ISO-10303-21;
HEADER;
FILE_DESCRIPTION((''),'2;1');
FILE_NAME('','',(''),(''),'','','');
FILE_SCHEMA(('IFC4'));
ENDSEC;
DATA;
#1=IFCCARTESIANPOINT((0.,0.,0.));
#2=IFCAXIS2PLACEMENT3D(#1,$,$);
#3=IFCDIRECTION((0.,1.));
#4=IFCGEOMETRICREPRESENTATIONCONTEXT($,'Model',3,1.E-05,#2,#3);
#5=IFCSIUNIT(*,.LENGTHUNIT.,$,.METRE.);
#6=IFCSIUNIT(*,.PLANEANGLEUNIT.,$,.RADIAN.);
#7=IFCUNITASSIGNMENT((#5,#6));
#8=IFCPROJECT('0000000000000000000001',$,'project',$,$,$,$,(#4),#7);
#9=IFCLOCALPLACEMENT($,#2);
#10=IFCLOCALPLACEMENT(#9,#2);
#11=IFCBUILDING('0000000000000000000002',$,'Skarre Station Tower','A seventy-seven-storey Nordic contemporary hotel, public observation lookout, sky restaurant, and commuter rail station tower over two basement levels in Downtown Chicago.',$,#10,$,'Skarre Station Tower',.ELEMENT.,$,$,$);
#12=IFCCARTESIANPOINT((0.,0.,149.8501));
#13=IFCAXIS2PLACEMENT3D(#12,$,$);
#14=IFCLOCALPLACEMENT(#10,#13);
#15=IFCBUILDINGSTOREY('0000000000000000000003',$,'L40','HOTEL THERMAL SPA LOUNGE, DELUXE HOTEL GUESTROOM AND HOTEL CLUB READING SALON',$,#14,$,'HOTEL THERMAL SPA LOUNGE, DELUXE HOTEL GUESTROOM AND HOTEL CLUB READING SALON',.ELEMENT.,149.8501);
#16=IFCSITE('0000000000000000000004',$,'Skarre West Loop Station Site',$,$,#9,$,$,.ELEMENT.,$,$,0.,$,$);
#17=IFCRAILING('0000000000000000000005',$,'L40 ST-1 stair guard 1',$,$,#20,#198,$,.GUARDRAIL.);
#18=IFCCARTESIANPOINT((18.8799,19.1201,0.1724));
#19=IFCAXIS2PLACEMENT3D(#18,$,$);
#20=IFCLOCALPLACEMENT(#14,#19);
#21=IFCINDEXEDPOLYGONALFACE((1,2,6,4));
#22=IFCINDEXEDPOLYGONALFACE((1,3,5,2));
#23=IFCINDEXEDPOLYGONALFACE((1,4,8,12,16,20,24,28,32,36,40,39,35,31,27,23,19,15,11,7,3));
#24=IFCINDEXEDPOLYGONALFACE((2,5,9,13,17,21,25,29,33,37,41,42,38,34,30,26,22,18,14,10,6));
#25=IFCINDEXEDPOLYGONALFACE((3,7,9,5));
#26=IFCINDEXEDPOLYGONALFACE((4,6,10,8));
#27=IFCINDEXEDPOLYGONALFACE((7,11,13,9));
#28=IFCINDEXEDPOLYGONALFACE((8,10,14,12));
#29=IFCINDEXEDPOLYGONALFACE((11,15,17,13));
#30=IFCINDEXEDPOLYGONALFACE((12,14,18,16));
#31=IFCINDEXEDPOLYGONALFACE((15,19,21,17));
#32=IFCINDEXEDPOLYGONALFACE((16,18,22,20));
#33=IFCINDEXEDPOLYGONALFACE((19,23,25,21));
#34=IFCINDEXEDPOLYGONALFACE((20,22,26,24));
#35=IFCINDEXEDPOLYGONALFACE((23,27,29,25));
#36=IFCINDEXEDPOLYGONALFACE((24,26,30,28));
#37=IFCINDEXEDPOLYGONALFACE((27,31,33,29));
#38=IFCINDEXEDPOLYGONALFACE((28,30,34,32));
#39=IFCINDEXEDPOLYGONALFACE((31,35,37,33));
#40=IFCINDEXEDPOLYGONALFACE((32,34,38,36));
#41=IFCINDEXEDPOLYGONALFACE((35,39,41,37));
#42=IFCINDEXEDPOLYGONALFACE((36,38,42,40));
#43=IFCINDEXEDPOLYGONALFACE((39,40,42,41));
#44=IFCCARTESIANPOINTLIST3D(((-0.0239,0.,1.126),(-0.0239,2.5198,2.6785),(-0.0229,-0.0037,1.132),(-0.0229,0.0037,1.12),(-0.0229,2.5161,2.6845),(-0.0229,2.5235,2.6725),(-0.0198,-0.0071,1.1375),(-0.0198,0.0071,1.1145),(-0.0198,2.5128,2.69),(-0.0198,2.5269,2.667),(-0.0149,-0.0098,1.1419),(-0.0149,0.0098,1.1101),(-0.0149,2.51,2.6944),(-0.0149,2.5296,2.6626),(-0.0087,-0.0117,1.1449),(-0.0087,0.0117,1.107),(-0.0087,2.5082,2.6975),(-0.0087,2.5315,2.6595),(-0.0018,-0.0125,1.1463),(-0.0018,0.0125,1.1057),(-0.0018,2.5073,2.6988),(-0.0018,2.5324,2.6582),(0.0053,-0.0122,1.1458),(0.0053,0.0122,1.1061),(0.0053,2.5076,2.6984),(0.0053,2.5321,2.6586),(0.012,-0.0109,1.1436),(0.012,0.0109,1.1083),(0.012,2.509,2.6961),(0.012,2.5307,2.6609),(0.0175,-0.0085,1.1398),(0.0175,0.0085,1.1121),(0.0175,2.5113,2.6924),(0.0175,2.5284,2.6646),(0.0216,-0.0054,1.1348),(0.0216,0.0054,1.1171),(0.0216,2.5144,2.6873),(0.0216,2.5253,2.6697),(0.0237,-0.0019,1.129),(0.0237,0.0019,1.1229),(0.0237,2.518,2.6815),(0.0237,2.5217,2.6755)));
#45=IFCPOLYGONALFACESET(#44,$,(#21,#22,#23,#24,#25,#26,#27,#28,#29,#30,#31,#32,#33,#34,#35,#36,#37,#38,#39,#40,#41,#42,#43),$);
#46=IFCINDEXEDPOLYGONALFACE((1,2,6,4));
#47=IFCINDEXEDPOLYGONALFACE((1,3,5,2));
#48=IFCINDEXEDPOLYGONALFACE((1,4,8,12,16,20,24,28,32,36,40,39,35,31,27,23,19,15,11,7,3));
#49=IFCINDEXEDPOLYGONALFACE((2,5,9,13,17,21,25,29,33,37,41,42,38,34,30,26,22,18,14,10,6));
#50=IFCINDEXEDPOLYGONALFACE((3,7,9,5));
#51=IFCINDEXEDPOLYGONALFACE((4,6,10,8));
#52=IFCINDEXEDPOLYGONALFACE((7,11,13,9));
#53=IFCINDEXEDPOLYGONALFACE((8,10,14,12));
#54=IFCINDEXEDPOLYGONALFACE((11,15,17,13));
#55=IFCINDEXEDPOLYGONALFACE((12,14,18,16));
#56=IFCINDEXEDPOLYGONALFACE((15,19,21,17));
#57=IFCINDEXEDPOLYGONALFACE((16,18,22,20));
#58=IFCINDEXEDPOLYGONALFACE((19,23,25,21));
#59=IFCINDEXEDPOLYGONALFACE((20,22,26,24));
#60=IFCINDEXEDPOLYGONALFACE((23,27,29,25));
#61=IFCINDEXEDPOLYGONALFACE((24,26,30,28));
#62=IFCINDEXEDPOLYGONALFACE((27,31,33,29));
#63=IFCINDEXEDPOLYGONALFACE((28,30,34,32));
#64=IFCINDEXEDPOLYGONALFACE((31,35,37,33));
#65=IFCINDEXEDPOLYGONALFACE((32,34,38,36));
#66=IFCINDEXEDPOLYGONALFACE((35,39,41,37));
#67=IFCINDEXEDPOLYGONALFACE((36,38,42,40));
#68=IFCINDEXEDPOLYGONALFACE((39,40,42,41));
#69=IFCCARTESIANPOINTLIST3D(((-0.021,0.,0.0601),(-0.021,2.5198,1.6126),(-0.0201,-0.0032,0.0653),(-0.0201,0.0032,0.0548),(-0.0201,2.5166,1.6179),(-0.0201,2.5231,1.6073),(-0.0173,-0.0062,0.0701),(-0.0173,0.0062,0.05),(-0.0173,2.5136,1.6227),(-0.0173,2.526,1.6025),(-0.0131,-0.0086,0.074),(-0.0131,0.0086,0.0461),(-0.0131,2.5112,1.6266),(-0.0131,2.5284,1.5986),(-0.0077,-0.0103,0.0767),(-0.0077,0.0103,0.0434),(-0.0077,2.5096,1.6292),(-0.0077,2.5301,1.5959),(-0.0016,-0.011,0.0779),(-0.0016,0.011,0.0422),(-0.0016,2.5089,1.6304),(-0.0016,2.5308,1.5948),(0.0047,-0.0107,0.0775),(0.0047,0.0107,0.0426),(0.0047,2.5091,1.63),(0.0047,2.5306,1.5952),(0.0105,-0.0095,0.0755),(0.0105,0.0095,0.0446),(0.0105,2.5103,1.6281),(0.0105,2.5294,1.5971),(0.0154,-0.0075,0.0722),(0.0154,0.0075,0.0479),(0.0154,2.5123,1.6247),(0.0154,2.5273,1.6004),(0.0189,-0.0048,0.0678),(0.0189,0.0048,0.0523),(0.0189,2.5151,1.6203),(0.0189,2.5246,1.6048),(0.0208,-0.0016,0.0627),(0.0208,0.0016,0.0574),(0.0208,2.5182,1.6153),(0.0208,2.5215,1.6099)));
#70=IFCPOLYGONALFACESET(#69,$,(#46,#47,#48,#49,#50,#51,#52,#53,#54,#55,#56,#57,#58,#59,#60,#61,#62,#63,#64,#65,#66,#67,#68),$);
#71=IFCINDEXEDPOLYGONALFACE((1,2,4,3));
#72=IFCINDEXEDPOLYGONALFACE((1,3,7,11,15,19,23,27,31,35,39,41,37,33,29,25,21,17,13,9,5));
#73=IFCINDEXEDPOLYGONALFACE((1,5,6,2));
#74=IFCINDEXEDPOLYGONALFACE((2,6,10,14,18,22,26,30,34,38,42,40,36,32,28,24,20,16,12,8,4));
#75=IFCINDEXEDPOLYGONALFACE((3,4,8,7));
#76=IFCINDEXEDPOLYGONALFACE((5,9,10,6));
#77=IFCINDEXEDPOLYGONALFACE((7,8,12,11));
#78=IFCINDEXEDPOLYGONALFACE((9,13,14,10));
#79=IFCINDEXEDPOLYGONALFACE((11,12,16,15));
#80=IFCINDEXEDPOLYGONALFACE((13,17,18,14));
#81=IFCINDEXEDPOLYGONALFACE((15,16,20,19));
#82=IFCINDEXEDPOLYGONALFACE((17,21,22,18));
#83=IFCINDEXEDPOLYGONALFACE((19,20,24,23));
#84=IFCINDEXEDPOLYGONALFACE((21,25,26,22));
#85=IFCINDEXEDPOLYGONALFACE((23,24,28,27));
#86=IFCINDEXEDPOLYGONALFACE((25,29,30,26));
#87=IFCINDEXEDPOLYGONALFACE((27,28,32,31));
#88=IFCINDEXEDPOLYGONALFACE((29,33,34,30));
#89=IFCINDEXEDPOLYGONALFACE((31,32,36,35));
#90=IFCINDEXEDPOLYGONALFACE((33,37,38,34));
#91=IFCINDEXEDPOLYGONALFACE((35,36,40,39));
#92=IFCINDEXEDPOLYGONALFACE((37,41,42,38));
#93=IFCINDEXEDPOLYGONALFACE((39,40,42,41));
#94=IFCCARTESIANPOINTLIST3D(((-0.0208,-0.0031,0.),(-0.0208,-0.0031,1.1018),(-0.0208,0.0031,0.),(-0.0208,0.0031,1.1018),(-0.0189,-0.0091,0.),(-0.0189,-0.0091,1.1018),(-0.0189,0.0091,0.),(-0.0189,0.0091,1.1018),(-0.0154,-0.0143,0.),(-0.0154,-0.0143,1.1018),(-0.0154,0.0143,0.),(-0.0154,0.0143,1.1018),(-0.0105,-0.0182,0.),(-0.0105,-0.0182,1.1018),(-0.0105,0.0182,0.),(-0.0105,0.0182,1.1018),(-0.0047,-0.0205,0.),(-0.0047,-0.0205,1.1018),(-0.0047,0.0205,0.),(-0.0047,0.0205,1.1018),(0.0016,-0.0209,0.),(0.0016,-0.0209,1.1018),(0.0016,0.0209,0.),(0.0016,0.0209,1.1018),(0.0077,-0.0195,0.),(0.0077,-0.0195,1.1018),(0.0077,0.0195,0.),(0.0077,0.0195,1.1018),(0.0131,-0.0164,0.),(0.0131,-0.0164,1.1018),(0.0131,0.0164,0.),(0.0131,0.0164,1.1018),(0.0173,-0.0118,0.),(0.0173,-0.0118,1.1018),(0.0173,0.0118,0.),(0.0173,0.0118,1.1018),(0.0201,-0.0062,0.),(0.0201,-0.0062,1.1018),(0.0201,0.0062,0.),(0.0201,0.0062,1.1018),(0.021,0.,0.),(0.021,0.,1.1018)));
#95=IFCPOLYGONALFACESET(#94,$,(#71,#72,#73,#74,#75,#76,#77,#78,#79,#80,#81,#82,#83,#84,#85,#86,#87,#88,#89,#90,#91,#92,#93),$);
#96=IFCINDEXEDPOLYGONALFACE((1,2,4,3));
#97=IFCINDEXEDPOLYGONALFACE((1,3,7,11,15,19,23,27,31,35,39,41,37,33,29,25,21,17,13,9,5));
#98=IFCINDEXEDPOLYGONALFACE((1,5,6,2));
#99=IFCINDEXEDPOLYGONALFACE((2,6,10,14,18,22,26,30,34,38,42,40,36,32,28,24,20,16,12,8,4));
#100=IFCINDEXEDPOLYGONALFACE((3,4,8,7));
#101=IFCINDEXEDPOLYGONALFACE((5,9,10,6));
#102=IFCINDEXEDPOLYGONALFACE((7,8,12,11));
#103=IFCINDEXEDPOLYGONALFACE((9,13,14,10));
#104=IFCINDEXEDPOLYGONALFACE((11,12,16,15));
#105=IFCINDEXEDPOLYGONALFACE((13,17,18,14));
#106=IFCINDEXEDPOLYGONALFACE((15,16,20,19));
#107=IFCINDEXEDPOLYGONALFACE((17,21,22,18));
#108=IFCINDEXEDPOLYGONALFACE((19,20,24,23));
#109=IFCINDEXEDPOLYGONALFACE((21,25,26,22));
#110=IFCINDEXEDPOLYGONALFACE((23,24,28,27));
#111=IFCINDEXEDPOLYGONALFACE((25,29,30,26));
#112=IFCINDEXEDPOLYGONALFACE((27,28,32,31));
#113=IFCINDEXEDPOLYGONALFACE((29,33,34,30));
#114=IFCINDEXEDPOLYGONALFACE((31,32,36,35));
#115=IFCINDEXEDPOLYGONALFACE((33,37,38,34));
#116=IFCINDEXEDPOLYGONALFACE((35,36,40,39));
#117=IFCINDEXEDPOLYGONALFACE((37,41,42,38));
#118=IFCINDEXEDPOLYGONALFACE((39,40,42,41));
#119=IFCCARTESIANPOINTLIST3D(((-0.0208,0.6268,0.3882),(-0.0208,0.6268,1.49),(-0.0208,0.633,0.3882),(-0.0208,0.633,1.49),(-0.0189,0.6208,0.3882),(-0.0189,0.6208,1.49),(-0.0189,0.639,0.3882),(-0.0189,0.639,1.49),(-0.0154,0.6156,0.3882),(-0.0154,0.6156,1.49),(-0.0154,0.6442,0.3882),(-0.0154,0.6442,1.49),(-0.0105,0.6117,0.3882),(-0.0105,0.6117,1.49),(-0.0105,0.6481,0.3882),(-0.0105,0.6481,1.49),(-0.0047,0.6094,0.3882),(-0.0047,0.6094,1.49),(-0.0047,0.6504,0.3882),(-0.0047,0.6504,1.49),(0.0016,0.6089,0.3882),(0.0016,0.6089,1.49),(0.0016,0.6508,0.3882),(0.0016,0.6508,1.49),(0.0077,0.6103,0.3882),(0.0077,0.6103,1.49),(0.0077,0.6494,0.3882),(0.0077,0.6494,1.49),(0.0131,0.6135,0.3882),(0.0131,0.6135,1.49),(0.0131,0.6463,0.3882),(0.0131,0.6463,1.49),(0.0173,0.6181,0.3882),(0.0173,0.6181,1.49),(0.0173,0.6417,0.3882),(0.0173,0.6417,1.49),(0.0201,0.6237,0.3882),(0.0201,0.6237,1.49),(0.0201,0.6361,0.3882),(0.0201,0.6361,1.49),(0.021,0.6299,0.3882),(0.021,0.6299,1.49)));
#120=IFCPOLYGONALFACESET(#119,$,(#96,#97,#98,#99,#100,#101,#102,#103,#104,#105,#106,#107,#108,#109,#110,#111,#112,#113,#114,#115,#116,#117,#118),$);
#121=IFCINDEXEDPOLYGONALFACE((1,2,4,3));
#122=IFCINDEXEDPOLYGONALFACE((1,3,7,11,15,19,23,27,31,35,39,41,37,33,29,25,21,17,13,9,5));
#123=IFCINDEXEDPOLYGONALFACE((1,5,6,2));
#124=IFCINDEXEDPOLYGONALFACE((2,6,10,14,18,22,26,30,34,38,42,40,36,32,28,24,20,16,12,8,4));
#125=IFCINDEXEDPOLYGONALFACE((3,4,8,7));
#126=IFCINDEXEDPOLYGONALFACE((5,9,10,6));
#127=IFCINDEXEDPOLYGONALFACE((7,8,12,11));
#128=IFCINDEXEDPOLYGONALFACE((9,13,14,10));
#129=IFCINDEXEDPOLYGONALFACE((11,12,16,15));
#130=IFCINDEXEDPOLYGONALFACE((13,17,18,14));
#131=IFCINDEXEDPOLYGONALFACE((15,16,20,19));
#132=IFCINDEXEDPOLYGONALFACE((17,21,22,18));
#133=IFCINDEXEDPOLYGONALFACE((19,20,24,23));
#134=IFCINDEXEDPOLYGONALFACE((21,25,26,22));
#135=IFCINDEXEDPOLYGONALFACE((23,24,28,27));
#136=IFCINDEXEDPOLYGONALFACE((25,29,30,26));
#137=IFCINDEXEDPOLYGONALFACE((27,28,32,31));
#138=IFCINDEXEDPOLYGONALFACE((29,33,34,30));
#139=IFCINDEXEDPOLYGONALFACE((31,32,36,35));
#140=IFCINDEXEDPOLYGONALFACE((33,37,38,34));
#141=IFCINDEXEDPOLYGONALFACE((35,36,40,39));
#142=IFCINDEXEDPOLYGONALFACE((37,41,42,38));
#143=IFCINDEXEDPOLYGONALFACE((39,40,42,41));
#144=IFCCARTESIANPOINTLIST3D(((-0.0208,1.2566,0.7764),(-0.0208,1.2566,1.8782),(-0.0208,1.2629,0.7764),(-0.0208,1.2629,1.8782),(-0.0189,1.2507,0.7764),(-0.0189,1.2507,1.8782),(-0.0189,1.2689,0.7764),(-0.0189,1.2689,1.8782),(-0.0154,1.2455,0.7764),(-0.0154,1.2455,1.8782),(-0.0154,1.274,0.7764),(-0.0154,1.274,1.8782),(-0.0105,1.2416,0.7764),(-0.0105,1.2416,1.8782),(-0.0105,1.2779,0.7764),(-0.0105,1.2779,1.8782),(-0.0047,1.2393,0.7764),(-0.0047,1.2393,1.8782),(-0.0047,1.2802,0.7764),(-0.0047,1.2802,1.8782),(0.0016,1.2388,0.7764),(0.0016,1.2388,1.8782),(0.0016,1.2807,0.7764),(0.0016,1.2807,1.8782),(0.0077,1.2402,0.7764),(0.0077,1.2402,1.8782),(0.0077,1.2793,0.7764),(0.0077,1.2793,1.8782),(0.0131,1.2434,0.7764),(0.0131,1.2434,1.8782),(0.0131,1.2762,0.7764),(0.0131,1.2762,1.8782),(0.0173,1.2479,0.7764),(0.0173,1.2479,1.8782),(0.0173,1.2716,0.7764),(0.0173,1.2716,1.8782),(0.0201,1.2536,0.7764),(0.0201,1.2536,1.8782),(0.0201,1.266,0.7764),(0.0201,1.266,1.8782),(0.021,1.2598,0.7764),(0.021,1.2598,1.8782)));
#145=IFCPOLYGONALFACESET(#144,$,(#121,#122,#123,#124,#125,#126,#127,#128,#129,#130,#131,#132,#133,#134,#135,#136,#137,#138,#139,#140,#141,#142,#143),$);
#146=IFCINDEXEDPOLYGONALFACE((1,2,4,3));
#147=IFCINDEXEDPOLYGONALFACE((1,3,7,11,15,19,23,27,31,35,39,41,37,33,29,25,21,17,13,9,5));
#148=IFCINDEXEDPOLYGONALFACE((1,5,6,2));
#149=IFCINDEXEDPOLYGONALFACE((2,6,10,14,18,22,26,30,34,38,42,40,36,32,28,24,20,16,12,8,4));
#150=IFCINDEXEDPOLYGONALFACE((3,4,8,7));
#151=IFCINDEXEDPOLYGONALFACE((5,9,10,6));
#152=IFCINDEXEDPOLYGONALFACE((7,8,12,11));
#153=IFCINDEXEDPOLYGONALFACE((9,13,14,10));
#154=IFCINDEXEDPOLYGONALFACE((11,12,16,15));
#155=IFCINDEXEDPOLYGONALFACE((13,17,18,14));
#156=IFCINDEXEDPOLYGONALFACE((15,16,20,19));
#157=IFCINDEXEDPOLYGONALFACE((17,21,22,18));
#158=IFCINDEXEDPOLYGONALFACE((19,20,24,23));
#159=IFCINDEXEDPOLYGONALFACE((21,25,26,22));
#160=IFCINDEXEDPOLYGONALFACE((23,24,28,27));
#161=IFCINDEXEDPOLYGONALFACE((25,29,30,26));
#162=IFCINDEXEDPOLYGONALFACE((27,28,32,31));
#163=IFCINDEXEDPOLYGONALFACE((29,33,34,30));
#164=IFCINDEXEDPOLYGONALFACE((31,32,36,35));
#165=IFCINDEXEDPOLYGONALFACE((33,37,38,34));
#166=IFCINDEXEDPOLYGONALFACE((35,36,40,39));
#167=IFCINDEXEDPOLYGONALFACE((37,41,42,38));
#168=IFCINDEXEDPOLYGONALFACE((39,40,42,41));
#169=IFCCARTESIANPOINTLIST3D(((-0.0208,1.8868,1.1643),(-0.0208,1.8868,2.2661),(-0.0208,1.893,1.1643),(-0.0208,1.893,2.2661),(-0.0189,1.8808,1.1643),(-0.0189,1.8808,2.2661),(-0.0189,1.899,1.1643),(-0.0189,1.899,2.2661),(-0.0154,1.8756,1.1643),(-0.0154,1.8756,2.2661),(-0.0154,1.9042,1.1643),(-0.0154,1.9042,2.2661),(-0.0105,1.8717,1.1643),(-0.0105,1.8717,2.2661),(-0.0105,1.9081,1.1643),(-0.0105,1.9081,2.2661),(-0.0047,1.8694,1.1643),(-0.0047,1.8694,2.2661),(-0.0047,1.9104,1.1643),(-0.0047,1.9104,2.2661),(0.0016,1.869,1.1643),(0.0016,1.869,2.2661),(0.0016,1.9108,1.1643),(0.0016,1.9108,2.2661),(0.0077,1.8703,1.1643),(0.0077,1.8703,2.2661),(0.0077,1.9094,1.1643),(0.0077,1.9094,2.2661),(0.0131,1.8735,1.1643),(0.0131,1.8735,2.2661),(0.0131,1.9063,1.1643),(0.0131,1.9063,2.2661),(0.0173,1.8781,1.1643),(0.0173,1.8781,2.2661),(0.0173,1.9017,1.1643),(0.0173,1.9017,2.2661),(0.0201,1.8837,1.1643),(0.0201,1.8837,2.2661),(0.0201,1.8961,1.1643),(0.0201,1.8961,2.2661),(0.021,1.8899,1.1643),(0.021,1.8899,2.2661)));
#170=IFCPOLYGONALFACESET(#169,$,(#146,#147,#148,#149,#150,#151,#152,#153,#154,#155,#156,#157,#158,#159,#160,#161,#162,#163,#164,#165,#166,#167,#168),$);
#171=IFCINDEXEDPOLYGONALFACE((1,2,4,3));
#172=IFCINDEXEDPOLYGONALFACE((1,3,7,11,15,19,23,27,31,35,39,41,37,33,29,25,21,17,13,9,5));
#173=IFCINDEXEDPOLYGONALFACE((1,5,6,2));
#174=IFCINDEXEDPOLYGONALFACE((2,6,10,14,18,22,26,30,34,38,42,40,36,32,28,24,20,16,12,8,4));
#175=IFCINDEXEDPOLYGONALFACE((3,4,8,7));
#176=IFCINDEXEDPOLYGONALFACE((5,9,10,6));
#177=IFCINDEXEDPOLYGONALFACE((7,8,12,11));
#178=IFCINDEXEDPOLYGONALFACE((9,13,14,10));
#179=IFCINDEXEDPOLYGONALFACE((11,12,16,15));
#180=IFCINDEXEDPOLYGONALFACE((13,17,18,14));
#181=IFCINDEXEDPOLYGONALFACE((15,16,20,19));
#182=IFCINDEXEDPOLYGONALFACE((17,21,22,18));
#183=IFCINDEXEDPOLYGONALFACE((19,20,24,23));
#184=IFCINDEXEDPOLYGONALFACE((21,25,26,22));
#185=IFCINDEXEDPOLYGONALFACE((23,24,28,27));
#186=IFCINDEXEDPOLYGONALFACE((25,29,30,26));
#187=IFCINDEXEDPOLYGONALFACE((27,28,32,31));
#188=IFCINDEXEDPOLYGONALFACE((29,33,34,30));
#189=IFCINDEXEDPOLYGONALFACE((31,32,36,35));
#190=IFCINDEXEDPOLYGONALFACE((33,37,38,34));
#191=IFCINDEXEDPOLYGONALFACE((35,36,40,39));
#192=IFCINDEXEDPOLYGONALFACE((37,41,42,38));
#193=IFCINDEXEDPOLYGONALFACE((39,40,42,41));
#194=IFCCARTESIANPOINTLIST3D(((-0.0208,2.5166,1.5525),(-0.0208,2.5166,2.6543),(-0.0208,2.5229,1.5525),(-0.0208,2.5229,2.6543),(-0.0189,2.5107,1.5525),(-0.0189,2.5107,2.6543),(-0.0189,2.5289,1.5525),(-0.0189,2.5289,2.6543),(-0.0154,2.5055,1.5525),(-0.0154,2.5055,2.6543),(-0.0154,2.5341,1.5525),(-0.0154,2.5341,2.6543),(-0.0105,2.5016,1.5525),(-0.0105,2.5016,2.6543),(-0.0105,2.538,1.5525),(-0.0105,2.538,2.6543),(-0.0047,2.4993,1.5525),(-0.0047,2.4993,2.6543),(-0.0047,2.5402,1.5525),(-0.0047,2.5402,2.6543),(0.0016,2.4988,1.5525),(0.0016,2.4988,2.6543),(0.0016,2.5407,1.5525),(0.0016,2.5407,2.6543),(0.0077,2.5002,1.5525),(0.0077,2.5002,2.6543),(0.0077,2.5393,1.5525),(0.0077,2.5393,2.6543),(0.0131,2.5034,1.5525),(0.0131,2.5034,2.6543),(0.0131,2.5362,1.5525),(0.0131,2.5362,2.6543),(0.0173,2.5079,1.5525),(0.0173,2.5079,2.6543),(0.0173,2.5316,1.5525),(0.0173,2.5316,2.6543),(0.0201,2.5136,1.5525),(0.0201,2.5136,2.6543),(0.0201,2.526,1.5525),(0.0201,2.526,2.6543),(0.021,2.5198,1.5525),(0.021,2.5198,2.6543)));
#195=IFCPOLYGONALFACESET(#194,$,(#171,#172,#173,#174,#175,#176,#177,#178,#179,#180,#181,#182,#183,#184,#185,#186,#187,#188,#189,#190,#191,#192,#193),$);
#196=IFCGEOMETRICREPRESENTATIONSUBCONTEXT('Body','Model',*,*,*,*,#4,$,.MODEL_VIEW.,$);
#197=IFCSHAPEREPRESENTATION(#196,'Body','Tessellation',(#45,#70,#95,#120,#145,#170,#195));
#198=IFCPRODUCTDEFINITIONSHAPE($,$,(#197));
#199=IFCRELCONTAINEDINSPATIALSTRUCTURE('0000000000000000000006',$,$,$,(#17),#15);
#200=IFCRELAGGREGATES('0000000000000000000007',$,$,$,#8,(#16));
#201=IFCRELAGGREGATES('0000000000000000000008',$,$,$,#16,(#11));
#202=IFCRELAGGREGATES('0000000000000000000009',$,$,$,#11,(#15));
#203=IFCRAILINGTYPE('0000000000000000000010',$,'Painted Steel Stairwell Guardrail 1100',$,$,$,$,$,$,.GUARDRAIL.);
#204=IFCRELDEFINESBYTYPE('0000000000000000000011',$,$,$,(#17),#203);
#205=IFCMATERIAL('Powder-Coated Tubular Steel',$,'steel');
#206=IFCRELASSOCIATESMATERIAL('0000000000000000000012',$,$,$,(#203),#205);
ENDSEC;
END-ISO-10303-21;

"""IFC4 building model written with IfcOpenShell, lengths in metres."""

from ifc_helpers import new_model, si_unit, direction, frame, origin, origin_2d, place, context, subcontext, project, spatial, circle, extrude, material, type_object, element, save


model = new_model("IFC4")

# Units and contexts
model_context = context("Model", 3, precision=1e-05, world=origin(), true_north=direction((0.0, 1.0)))
body_context = subcontext(model_context, "Body", "Model", "MODEL_VIEW")
ifc_project = project(units=[si_unit("LENGTHUNIT", "METRE"), si_unit("PLANEANGLEUNIT", "RADIAN")], contexts=[model_context])

# Site, building, storey
site_placement = place(None, origin())
site = spatial("IfcSite", under=ifc_project, at=site_placement, Name="Skarre West Loop Station Site", CompositionType="ELEMENT", RefElevation=0.0)
building_placement = place(site_placement, origin())
building = spatial("IfcBuilding", under=site, at=building_placement, Name="Skarre Station Tower", Description="A seventy-seven-storey Nordic contemporary hotel, public observation lookout, sky restaurant, and commuter rail station tower over two basement levels in Downtown Chicago.", LongName="Skarre Station Tower", CompositionType="ELEMENT")
storey_placement = place(building_placement, frame((0.0, 0.0, 149.8501)))
storey = spatial("IfcBuildingStorey", under=building, at=storey_placement, Name="L40", Description="HOTEL THERMAL SPA LOUNGE, DELUXE HOTEL GUESTROOM AND HOTEL CLUB READING SALON", LongName="HOTEL THERMAL SPA LOUNGE, DELUXE HOTEL GUESTROOM AND HOTEL CLUB READING SALON", CompositionType="ELEMENT", Elevation=149.8501)

# Railing
ifc_material_1 = material(Name="Powder-Coated Tubular Steel", Category="steel")
railing_type_1 = type_object("IfcRailingType", Name="Painted Steel Stairwell Guardrail 1100", PredefinedType="GUARDRAIL", material=ifc_material_1)
railing_1_placement = place(storey_placement, frame((18.8799, 19.1201, 0.1724)))
element("IfcRailing", 1, at=railing_1_placement, inside=storey, type_object=railing_type_1, Name="L40 ST-1 stair guard 1", PredefinedType="GUARDRAIL", context=body_context, shape_type="SweptSolid", body=[
    extrude(circle(Radius=0.0239, at=origin_2d()), frame((0.0, 0.0, 1.126), z_axis=(0.0, 0.851378, 0.524553), x_axis=(-1.0, 0.0, 0.0)), (0.0, 0.0, 1.0), 2.9597),
    extrude(circle(Radius=0.021, at=origin_2d()), frame((0.0, 0.0, 0.0601), z_axis=(0.0, 0.851378, 0.524553), x_axis=(-1.0, 0.0, 0.0)), (0.0, 0.0, 1.0), 2.9597),
    extrude(circle(Radius=0.021, at=origin_2d()), origin(), (0.0, 0.0, 1.0), 1.1018),
    extrude(circle(Radius=0.021, at=origin_2d()), frame((0.0, 0.6299, 0.3882)), (0.0, 0.0, 1.0), 1.1018),
    extrude(circle(Radius=0.021, at=origin_2d()), frame((0.0, 1.2598, 0.7764)), (0.0, 0.0, 1.0), 1.1018),
    extrude(circle(Radius=0.021, at=origin_2d()), frame((0.0, 1.8899, 1.1643)), (0.0, 0.0, 1.0), 1.1018),
    extrude(circle(Radius=0.021, at=origin_2d()), frame((0.0, 2.5198, 1.5525)), (0.0, 0.0, 1.0), 1.1018),
])

save(model, "model.ifc")
